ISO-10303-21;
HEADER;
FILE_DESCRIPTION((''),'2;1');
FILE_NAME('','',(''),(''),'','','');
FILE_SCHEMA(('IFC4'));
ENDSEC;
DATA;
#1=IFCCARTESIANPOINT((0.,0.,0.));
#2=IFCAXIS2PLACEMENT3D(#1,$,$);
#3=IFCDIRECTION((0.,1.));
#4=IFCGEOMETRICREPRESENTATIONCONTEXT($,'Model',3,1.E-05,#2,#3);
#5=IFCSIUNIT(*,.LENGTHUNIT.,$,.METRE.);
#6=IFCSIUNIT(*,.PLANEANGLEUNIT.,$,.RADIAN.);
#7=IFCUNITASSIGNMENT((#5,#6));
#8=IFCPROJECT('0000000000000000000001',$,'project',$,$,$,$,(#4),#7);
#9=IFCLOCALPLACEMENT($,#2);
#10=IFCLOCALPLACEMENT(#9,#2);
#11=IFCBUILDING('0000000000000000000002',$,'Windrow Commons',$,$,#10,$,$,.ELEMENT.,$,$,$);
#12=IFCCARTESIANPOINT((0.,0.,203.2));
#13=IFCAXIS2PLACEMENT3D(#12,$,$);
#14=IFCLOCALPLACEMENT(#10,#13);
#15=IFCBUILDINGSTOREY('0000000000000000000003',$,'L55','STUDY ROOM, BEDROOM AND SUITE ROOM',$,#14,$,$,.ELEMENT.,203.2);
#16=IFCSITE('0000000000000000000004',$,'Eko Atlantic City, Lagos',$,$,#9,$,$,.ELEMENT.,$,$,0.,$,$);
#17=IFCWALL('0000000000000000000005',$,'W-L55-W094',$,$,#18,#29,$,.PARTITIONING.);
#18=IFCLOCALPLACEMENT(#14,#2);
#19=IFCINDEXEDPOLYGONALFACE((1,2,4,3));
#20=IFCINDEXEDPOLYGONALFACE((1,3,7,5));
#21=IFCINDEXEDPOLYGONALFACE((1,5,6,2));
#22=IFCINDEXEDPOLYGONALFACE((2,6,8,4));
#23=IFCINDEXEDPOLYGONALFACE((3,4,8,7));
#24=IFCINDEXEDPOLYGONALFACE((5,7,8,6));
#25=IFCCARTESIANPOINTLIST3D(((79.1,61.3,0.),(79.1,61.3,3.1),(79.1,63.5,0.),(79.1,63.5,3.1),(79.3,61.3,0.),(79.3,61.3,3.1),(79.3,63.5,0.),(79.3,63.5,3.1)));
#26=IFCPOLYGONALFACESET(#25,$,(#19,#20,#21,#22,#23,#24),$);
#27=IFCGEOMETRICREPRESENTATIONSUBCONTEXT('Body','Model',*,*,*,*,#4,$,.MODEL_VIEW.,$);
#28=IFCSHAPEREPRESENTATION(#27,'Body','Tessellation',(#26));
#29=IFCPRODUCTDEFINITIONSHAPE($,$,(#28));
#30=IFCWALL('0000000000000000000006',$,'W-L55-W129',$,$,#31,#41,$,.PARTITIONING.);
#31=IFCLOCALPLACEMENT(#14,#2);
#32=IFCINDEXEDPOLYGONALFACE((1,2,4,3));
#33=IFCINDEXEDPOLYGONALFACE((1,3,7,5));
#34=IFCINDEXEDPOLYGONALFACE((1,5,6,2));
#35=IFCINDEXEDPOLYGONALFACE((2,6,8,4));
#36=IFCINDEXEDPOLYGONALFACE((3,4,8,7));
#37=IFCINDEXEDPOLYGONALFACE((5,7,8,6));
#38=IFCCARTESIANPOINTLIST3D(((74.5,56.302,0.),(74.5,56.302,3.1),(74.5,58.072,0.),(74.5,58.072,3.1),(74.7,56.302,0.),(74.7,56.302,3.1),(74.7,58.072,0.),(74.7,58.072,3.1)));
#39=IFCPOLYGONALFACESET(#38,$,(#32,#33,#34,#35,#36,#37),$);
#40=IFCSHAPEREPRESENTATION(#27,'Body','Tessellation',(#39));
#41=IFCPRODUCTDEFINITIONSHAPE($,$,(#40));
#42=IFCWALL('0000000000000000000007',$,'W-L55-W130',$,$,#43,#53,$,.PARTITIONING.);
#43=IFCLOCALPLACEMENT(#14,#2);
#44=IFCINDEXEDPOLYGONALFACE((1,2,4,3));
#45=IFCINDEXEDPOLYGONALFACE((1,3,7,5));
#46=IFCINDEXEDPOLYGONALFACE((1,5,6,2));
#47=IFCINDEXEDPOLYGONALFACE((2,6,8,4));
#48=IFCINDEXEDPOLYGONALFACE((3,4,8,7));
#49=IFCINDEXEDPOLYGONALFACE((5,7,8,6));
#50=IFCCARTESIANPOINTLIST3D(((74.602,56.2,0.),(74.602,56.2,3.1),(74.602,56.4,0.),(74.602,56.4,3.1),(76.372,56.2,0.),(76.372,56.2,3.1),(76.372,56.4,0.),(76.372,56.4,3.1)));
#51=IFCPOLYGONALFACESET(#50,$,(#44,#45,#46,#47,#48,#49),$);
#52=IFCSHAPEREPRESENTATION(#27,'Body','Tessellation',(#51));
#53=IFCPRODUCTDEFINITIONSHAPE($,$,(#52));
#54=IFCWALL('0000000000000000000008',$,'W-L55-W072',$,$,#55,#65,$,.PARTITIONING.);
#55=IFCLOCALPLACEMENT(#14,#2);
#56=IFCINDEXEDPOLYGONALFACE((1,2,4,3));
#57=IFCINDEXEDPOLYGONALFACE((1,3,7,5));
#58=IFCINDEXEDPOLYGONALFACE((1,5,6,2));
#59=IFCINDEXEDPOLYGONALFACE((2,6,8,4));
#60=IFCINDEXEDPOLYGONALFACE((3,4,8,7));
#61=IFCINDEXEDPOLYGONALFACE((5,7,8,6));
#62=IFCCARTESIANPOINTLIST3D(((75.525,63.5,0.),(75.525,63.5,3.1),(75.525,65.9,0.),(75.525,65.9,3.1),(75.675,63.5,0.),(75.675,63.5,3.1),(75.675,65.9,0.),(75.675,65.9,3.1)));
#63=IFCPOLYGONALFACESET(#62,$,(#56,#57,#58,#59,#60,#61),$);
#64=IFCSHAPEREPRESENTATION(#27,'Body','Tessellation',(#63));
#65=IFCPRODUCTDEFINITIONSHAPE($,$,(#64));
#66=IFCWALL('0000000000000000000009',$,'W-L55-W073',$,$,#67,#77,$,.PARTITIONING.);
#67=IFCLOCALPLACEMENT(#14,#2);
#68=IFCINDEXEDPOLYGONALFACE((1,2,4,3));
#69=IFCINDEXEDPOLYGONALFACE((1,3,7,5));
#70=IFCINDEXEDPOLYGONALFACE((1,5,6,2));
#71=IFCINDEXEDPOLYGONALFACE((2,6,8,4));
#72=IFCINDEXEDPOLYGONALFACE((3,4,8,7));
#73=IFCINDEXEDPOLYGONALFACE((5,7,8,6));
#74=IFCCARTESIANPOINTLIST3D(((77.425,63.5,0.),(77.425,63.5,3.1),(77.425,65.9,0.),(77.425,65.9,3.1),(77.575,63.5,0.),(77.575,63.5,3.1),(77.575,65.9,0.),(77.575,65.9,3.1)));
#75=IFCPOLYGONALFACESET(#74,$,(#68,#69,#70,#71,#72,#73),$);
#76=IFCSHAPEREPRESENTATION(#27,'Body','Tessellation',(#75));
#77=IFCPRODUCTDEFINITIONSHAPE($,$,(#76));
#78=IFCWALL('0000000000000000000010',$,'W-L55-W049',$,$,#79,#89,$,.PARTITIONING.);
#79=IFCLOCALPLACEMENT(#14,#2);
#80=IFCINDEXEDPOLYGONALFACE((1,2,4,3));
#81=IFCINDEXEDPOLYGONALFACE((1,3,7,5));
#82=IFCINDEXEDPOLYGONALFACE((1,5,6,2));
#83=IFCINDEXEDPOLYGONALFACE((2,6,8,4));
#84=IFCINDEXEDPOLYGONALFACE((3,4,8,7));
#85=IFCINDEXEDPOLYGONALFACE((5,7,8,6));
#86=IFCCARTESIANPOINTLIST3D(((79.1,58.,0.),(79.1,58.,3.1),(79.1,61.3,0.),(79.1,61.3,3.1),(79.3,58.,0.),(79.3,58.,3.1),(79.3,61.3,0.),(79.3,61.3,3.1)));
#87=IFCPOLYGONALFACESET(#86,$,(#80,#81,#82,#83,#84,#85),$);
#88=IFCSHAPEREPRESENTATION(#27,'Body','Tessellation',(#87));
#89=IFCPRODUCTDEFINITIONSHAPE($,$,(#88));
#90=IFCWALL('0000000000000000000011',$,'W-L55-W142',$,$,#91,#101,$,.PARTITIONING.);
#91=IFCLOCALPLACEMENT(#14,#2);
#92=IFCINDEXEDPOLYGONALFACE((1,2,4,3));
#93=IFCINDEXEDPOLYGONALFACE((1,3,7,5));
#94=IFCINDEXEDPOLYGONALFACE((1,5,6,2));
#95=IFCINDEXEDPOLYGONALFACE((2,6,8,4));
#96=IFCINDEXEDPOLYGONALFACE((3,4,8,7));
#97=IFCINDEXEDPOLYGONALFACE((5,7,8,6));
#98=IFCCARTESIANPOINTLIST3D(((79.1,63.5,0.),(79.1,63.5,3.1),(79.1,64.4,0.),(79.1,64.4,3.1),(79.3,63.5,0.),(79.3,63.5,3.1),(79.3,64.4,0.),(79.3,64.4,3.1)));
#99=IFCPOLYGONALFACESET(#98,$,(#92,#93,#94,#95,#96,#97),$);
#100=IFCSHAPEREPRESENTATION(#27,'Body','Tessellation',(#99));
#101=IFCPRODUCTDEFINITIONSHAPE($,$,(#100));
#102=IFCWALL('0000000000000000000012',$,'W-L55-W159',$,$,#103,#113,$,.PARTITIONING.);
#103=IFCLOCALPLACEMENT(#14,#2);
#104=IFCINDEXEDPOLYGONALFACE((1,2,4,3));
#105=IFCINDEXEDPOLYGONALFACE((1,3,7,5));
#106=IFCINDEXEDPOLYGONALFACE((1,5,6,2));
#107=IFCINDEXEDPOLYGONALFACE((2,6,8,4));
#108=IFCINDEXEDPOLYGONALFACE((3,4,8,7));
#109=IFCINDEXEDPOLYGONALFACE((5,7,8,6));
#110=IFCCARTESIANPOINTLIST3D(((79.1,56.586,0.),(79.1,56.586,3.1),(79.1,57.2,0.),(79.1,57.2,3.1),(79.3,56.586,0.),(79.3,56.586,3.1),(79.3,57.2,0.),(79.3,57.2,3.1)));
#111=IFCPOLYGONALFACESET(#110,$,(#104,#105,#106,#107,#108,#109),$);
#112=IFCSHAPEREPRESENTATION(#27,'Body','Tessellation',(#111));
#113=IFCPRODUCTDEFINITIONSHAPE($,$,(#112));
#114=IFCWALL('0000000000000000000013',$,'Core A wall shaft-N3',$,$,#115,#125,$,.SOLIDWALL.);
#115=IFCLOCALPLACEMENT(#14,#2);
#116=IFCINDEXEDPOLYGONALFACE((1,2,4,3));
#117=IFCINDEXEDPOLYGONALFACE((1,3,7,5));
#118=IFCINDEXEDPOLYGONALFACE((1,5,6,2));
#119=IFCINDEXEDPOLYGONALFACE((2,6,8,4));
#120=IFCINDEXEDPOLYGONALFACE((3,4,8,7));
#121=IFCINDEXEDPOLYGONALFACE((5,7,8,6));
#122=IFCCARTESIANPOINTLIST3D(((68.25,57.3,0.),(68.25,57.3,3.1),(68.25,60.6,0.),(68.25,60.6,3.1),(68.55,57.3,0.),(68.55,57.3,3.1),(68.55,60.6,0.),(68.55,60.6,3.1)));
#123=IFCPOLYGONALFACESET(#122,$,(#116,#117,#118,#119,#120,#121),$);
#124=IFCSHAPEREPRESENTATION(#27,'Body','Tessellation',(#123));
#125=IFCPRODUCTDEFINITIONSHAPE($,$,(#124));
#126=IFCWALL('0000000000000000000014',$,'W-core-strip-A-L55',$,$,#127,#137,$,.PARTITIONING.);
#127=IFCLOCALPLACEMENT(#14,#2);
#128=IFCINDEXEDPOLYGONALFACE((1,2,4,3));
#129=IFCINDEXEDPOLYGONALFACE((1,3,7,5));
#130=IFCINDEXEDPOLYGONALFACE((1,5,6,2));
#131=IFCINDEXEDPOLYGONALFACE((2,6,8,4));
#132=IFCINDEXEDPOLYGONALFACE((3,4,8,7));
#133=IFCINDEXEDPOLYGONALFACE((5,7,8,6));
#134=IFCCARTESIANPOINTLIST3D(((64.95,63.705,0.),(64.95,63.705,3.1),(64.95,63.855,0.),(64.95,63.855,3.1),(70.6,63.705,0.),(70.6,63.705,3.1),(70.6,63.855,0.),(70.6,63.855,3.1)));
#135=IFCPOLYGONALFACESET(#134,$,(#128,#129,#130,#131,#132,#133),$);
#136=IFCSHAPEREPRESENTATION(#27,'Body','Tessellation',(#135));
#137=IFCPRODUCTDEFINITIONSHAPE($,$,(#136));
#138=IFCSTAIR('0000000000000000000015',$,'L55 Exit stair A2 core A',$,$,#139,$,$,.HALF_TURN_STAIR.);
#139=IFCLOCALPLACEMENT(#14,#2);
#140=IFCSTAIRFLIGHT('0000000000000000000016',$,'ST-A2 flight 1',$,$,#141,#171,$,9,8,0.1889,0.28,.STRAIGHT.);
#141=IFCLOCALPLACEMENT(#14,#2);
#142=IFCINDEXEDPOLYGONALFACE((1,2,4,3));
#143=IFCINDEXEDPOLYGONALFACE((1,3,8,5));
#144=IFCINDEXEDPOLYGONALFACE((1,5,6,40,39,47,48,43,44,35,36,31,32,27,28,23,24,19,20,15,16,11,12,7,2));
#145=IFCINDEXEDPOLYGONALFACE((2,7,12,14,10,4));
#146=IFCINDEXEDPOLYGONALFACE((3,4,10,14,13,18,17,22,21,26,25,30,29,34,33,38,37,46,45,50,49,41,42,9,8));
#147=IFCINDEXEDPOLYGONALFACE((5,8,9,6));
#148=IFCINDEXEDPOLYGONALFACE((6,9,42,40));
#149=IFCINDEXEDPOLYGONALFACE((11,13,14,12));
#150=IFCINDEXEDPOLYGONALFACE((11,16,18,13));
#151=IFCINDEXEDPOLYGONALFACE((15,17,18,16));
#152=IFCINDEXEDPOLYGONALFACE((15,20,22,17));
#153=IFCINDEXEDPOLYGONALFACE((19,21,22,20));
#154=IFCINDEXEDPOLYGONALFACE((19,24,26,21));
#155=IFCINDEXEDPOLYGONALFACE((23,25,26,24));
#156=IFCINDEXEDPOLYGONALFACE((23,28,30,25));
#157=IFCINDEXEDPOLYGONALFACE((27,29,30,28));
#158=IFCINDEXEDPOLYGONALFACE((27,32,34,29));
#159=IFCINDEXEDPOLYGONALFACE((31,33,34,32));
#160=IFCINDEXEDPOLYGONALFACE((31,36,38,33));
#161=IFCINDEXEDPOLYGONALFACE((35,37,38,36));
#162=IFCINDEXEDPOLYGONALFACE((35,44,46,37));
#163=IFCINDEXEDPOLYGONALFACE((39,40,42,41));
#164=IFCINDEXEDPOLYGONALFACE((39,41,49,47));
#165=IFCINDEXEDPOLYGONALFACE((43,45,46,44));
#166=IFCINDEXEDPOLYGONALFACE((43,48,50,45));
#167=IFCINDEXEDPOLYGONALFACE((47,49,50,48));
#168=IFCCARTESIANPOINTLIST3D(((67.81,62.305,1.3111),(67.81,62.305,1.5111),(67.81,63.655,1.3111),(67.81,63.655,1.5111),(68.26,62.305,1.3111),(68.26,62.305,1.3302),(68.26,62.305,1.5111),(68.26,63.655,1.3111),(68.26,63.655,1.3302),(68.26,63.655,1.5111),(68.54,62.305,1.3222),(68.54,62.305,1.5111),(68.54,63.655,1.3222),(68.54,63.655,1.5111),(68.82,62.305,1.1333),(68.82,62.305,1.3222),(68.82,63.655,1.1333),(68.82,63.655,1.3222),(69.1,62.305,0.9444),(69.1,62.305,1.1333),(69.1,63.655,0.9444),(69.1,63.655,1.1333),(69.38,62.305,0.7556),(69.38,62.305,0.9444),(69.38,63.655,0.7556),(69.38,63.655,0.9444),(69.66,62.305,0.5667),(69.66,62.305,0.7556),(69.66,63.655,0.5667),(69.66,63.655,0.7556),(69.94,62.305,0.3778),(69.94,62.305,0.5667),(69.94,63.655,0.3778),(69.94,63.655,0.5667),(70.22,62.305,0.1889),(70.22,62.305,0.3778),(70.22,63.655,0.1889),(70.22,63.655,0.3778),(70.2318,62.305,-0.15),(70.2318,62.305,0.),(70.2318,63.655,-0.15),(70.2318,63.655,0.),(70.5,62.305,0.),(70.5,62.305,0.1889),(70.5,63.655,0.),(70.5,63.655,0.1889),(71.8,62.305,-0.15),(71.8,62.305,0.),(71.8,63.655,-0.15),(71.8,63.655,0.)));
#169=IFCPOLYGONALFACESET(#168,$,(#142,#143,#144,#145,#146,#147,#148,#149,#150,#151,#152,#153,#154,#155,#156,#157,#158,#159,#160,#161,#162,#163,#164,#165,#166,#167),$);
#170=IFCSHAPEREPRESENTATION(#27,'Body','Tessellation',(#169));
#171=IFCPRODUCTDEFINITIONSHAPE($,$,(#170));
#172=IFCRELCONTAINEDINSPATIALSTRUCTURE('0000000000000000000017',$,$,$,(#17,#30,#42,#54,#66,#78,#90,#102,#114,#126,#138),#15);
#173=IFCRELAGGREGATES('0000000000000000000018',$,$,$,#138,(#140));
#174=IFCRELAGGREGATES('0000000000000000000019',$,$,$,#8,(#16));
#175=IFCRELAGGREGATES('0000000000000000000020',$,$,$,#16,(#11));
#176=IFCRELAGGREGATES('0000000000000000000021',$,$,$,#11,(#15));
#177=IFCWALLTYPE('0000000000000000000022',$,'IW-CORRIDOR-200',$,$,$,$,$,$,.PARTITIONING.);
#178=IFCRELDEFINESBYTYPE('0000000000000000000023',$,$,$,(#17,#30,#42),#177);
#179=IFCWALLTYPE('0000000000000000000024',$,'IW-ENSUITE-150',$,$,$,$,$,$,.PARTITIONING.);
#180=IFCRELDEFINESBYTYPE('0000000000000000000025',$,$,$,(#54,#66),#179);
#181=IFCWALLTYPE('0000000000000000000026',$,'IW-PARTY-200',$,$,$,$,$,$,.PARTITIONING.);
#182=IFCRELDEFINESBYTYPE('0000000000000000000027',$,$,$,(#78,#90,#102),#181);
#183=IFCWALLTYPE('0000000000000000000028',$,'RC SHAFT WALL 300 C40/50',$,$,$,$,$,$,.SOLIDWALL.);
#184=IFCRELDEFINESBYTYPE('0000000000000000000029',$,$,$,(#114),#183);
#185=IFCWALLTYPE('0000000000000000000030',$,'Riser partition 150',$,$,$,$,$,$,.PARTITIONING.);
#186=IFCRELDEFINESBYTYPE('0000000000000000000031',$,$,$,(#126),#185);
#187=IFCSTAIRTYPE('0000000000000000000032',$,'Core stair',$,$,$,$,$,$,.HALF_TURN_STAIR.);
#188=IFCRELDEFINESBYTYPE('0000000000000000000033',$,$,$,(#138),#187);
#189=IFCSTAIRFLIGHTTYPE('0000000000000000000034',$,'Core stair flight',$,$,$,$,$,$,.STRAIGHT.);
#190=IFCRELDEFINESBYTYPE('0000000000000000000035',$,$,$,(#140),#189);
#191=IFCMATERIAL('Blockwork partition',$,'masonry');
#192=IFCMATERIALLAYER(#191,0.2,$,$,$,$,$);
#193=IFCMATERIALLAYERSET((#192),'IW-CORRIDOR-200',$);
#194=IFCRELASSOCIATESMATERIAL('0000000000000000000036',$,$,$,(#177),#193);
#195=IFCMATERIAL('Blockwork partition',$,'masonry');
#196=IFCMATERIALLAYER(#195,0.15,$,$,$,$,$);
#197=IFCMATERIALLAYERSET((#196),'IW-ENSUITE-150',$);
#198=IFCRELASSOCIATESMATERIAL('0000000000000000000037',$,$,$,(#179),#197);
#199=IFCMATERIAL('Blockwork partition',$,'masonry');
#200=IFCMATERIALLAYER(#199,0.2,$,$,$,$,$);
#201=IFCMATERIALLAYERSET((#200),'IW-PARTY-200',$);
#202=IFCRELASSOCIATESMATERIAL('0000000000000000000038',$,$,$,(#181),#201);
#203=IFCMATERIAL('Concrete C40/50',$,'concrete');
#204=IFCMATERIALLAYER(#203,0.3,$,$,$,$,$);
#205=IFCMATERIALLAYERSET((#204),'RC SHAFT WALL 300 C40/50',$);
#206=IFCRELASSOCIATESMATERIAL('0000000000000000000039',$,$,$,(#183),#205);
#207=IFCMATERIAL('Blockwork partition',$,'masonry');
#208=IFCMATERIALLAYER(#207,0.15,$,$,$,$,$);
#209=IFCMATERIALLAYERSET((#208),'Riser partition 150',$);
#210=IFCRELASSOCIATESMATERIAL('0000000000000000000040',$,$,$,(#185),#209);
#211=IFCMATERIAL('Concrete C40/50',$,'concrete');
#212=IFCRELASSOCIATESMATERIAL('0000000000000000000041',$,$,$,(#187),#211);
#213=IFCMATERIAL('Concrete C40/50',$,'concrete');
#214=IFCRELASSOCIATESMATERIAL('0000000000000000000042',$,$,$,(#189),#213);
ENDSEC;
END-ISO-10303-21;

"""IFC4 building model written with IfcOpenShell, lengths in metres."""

from ifc_helpers import new_model, si_unit, direction, frame, frame_2d, origin, place, context, subcontext, project, spatial, polyline, rectangle, outline, extrude, material, layer, layer_set, type_object, element, aggregate, save


model = new_model("IFC4")

# Units and contexts
model_context = context("Model", 3, precision=1e-05, world=origin(), true_north=direction((0.0, 1.0)))
body_context = subcontext(model_context, "Body", "Model", "MODEL_VIEW")
ifc_project = project(units=[si_unit("LENGTHUNIT", "METRE"), si_unit("PLANEANGLEUNIT", "RADIAN")], contexts=[model_context])

# Site, building, storey
site_placement = place(None, origin())
site = spatial("IfcSite", under=ifc_project, at=site_placement, Name="Eko Atlantic City, Lagos", CompositionType="ELEMENT", RefElevation=0.0)
building_placement = place(site_placement, origin())
building = spatial("IfcBuilding", under=site, at=building_placement, Name="Windrow Commons", CompositionType="ELEMENT")
storey_placement = place(building_placement, frame((0.0, 0.0, 203.2)))
storey = spatial("IfcBuildingStorey", under=building, at=storey_placement, Name="L55", Description="STUDY ROOM, BEDROOM AND SUITE ROOM", CompositionType="ELEMENT", Elevation=203.2)

# Shared definitions
ifc_material_1 = material(Name="Blockwork partition", Category="masonry")
ifc_layer_1 = layer(ifc_material_1, 0.2)
ifc_layer_set_1 = layer_set([ifc_layer_1], Name="IW-CORRIDOR-200")
wall_type_1 = type_object("IfcWallType", Name="IW-CORRIDOR-200", PredefinedType="PARTITIONING", material=ifc_layer_set_1)

# Walls
wall_1_placement = place(storey_placement, frame((79.2, 61.3, 0.0), z_axis=(0.0, 0.0, 1.0), x_axis=(0.0, 1.0, 0.0)))
element("IfcWall", 1, at=wall_1_placement, inside=storey, type_object=wall_type_1, Name="W-L55-W094", PredefinedType="PARTITIONING", context=body_context, shape_type="SweptSolid", body=[
    extrude(rectangle(XDim=2.2, YDim=0.2, at=frame_2d((1.1, 0.0))), origin(), (0.0, 0.0, 1.0), 3.1),
])
for number, where, z_axis, x_axis, name in (
    (2, (74.6, 56.302, 0.0), (0.0, 0.0, 1.0), (0.0, 1.0, 0.0), "W-L55-W129"),
    (3, (74.602, 56.3, 0.0), (0.0, 0.0, 1.0), (1.0, 0.0, 0.0), "W-L55-W130"),
):
    element("IfcWall", number, at=place(storey_placement, frame(where, z_axis=z_axis, x_axis=x_axis)), inside=storey, type_object=wall_type_1, Name=name, PredefinedType="PARTITIONING", context=body_context, shape_type="SweptSolid", body=[
        extrude(rectangle(XDim=1.77, YDim=0.2, at=frame_2d((0.885, 0.0))), origin(), (0.0, 0.0, 1.0), 3.1),
    ])
ifc_material_2 = material(Name="Blockwork partition", Category="masonry")
ifc_layer_2 = layer(ifc_material_2, 0.15)
ifc_layer_set_2 = layer_set([ifc_layer_2], Name="IW-ENSUITE-150")
wall_type_2 = type_object("IfcWallType", Name="IW-ENSUITE-150", PredefinedType="PARTITIONING", material=ifc_layer_set_2)
for number, where, z_axis, x_axis, name in (
    (4, (75.6, 63.5, 0.0), (0.0, 0.0, 1.0), (0.0, 1.0, 0.0), "W-L55-W072"),
    (5, (77.5, 63.5, 0.0), (0.0, 0.0, 1.0), (0.0, 1.0, 0.0), "W-L55-W073"),
):
    element("IfcWall", number, at=place(storey_placement, frame(where, z_axis=z_axis, x_axis=x_axis)), inside=storey, type_object=wall_type_2, Name=name, PredefinedType="PARTITIONING", context=body_context, shape_type="SweptSolid", body=[
        extrude(rectangle(XDim=2.4, YDim=0.15, at=frame_2d((1.2, 0.0))), origin(), (0.0, 0.0, 1.0), 3.1),
    ])
ifc_material_3 = material(Name="Blockwork partition", Category="masonry")
ifc_layer_3 = layer(ifc_material_3, 0.2)
ifc_layer_set_3 = layer_set([ifc_layer_3], Name="IW-PARTY-200")
wall_type_3 = type_object("IfcWallType", Name="IW-PARTY-200", PredefinedType="PARTITIONING", material=ifc_layer_set_3)
wall_2_placement = place(storey_placement, frame((79.2, 58.0, 0.0), z_axis=(0.0, 0.0, 1.0), x_axis=(0.0, 1.0, 0.0)))
element("IfcWall", 6, at=wall_2_placement, inside=storey, type_object=wall_type_3, Name="W-L55-W049", PredefinedType="PARTITIONING", context=body_context, shape_type="SweptSolid", body=[
    extrude(rectangle(XDim=3.3, YDim=0.2, at=frame_2d((1.65, 0.0))), origin(), (0.0, 0.0, 1.0), 3.1),
])
wall_3_placement = place(storey_placement, frame((79.2, 63.5, 0.0), z_axis=(0.0, 0.0, 1.0), x_axis=(0.0, 1.0, 0.0)))
element("IfcWall", 7, at=wall_3_placement, inside=storey, type_object=wall_type_3, Name="W-L55-W142", PredefinedType="PARTITIONING", context=body_context, shape_type="SweptSolid", body=[
    extrude(rectangle(XDim=0.9, YDim=0.2, at=frame_2d((0.45, 0.0))), origin(), (0.0, 0.0, 1.0), 3.1),
])
wall_4_placement = place(storey_placement, frame((79.2, 56.586, 0.0), z_axis=(0.0, 0.0, 1.0), x_axis=(0.0, 1.0, 0.0)))
element("IfcWall", 8, at=wall_4_placement, inside=storey, type_object=wall_type_3, Name="W-L55-W159", PredefinedType="PARTITIONING", context=body_context, shape_type="SweptSolid", body=[
    extrude(rectangle(XDim=0.614, YDim=0.2, at=frame_2d((0.307, 0.0))), origin(), (0.0, 0.0, 1.0), 3.1),
])
ifc_material_4 = material(Name="Concrete C40/50", Category="concrete")
ifc_layer_4 = layer(ifc_material_4, 0.3)
ifc_layer_set_4 = layer_set([ifc_layer_4], Name="RC SHAFT WALL 300 C40/50")
wall_type_4 = type_object("IfcWallType", Name="RC SHAFT WALL 300 C40/50", PredefinedType="SOLIDWALL", material=ifc_layer_set_4)
wall_5_placement = place(storey_placement, frame((68.4, 57.3, 0.0), z_axis=(0.0, 0.0, 1.0), x_axis=(0.0, 1.0, 0.0)))
element("IfcWall", 9, at=wall_5_placement, inside=storey, type_object=wall_type_4, Name="Core A wall shaft-N3", PredefinedType="SOLIDWALL", context=body_context, shape_type="SweptSolid", body=[
    extrude(rectangle(XDim=3.3, YDim=0.3, at=frame_2d((1.65, 0.0))), origin(), (0.0, 0.0, 1.0), 3.1),
])
ifc_material_5 = material(Name="Blockwork partition", Category="masonry")
ifc_layer_5 = layer(ifc_material_5, 0.15)
ifc_layer_set_5 = layer_set([ifc_layer_5], Name="Riser partition 150")
wall_type_5 = type_object("IfcWallType", Name="Riser partition 150", PredefinedType="PARTITIONING", material=ifc_layer_set_5)
wall_6_placement = place(storey_placement, frame((64.95, 63.78, 0.0), z_axis=(0.0, 0.0, 1.0), x_axis=(1.0, 0.0, 0.0)))
element("IfcWall", 10, at=wall_6_placement, inside=storey, type_object=wall_type_5, Name="W-core-strip-A-L55", PredefinedType="PARTITIONING", context=body_context, shape_type="SweptSolid", body=[
    extrude(rectangle(XDim=5.65, YDim=0.15, at=frame_2d((2.825, 0.0))), origin(), (0.0, 0.0, 1.0), 3.1),
])

# Stair, stair flight
ifc_material_6 = material(Name="Concrete C40/50", Category="concrete")
stair_type = type_object("IfcStairType", Name="Core stair", PredefinedType="HALF_TURN_STAIR", material=ifc_material_6)
stair_placement = place(storey_placement, origin())
stair = element("IfcStair", 11, at=stair_placement, inside=storey, type_object=stair_type, Name="L55 Exit stair A2 core A", PredefinedType="HALF_TURN_STAIR")
ifc_material_7 = material(Name="Concrete C40/50", Category="concrete")
stair_flight_type = type_object("IfcStairFlightType", Name="Core stair flight", PredefinedType="STRAIGHT", material=ifc_material_7)
stair_flight_1_placement = place(storey_placement, frame((70.5, 62.98, 0.0), z_axis=(0.0, 0.0, 1.0), x_axis=(-1.0, 0.0, 0.0)))
stair_flight_1 = element("IfcStairFlight", 12, at=stair_flight_1_placement, type_object=stair_flight_type, Name="ST-A2 flight 1", NumberOfRisers=9, NumberOfTreads=8, PredefinedType="STRAIGHT", RiserHeight=0.1889, TreadLength=0.28, context=body_context, shape_type="SweptSolid", body=[
    extrude(outline(polyline([(-1.3, -0.15), (-1.3, 0.0), (0.0, 0.0), (0.0, 0.1889), (0.28, 0.1889), (0.28, 0.3778), (0.56, 0.3778), (0.56, 0.5667), (0.84, 0.5667), (0.84, 0.7556), (1.12, 0.7556), (1.12, 0.9444), (1.4, 0.9444), (1.4, 1.1333), (1.68, 1.1333), (1.68, 1.3222), (1.96, 1.3222), (1.96, 1.5111), (2.24, 1.5111), (2.69, 1.5111), (2.69, 1.3111), (2.24, 1.3111), (2.24, 1.3302), (0.2682, 0.0), (0.2682, -0.15), (-1.3, -0.15)])), frame((0.0, 0.675, 0.0), z_axis=(0.0, -1.0, 0.0), x_axis=(1.0, 0.0, 0.0)), (0.0, 0.0, 1.0), 1.35),
])
aggregate(stair, [stair_flight_1])

save(model, "model.ifc")
